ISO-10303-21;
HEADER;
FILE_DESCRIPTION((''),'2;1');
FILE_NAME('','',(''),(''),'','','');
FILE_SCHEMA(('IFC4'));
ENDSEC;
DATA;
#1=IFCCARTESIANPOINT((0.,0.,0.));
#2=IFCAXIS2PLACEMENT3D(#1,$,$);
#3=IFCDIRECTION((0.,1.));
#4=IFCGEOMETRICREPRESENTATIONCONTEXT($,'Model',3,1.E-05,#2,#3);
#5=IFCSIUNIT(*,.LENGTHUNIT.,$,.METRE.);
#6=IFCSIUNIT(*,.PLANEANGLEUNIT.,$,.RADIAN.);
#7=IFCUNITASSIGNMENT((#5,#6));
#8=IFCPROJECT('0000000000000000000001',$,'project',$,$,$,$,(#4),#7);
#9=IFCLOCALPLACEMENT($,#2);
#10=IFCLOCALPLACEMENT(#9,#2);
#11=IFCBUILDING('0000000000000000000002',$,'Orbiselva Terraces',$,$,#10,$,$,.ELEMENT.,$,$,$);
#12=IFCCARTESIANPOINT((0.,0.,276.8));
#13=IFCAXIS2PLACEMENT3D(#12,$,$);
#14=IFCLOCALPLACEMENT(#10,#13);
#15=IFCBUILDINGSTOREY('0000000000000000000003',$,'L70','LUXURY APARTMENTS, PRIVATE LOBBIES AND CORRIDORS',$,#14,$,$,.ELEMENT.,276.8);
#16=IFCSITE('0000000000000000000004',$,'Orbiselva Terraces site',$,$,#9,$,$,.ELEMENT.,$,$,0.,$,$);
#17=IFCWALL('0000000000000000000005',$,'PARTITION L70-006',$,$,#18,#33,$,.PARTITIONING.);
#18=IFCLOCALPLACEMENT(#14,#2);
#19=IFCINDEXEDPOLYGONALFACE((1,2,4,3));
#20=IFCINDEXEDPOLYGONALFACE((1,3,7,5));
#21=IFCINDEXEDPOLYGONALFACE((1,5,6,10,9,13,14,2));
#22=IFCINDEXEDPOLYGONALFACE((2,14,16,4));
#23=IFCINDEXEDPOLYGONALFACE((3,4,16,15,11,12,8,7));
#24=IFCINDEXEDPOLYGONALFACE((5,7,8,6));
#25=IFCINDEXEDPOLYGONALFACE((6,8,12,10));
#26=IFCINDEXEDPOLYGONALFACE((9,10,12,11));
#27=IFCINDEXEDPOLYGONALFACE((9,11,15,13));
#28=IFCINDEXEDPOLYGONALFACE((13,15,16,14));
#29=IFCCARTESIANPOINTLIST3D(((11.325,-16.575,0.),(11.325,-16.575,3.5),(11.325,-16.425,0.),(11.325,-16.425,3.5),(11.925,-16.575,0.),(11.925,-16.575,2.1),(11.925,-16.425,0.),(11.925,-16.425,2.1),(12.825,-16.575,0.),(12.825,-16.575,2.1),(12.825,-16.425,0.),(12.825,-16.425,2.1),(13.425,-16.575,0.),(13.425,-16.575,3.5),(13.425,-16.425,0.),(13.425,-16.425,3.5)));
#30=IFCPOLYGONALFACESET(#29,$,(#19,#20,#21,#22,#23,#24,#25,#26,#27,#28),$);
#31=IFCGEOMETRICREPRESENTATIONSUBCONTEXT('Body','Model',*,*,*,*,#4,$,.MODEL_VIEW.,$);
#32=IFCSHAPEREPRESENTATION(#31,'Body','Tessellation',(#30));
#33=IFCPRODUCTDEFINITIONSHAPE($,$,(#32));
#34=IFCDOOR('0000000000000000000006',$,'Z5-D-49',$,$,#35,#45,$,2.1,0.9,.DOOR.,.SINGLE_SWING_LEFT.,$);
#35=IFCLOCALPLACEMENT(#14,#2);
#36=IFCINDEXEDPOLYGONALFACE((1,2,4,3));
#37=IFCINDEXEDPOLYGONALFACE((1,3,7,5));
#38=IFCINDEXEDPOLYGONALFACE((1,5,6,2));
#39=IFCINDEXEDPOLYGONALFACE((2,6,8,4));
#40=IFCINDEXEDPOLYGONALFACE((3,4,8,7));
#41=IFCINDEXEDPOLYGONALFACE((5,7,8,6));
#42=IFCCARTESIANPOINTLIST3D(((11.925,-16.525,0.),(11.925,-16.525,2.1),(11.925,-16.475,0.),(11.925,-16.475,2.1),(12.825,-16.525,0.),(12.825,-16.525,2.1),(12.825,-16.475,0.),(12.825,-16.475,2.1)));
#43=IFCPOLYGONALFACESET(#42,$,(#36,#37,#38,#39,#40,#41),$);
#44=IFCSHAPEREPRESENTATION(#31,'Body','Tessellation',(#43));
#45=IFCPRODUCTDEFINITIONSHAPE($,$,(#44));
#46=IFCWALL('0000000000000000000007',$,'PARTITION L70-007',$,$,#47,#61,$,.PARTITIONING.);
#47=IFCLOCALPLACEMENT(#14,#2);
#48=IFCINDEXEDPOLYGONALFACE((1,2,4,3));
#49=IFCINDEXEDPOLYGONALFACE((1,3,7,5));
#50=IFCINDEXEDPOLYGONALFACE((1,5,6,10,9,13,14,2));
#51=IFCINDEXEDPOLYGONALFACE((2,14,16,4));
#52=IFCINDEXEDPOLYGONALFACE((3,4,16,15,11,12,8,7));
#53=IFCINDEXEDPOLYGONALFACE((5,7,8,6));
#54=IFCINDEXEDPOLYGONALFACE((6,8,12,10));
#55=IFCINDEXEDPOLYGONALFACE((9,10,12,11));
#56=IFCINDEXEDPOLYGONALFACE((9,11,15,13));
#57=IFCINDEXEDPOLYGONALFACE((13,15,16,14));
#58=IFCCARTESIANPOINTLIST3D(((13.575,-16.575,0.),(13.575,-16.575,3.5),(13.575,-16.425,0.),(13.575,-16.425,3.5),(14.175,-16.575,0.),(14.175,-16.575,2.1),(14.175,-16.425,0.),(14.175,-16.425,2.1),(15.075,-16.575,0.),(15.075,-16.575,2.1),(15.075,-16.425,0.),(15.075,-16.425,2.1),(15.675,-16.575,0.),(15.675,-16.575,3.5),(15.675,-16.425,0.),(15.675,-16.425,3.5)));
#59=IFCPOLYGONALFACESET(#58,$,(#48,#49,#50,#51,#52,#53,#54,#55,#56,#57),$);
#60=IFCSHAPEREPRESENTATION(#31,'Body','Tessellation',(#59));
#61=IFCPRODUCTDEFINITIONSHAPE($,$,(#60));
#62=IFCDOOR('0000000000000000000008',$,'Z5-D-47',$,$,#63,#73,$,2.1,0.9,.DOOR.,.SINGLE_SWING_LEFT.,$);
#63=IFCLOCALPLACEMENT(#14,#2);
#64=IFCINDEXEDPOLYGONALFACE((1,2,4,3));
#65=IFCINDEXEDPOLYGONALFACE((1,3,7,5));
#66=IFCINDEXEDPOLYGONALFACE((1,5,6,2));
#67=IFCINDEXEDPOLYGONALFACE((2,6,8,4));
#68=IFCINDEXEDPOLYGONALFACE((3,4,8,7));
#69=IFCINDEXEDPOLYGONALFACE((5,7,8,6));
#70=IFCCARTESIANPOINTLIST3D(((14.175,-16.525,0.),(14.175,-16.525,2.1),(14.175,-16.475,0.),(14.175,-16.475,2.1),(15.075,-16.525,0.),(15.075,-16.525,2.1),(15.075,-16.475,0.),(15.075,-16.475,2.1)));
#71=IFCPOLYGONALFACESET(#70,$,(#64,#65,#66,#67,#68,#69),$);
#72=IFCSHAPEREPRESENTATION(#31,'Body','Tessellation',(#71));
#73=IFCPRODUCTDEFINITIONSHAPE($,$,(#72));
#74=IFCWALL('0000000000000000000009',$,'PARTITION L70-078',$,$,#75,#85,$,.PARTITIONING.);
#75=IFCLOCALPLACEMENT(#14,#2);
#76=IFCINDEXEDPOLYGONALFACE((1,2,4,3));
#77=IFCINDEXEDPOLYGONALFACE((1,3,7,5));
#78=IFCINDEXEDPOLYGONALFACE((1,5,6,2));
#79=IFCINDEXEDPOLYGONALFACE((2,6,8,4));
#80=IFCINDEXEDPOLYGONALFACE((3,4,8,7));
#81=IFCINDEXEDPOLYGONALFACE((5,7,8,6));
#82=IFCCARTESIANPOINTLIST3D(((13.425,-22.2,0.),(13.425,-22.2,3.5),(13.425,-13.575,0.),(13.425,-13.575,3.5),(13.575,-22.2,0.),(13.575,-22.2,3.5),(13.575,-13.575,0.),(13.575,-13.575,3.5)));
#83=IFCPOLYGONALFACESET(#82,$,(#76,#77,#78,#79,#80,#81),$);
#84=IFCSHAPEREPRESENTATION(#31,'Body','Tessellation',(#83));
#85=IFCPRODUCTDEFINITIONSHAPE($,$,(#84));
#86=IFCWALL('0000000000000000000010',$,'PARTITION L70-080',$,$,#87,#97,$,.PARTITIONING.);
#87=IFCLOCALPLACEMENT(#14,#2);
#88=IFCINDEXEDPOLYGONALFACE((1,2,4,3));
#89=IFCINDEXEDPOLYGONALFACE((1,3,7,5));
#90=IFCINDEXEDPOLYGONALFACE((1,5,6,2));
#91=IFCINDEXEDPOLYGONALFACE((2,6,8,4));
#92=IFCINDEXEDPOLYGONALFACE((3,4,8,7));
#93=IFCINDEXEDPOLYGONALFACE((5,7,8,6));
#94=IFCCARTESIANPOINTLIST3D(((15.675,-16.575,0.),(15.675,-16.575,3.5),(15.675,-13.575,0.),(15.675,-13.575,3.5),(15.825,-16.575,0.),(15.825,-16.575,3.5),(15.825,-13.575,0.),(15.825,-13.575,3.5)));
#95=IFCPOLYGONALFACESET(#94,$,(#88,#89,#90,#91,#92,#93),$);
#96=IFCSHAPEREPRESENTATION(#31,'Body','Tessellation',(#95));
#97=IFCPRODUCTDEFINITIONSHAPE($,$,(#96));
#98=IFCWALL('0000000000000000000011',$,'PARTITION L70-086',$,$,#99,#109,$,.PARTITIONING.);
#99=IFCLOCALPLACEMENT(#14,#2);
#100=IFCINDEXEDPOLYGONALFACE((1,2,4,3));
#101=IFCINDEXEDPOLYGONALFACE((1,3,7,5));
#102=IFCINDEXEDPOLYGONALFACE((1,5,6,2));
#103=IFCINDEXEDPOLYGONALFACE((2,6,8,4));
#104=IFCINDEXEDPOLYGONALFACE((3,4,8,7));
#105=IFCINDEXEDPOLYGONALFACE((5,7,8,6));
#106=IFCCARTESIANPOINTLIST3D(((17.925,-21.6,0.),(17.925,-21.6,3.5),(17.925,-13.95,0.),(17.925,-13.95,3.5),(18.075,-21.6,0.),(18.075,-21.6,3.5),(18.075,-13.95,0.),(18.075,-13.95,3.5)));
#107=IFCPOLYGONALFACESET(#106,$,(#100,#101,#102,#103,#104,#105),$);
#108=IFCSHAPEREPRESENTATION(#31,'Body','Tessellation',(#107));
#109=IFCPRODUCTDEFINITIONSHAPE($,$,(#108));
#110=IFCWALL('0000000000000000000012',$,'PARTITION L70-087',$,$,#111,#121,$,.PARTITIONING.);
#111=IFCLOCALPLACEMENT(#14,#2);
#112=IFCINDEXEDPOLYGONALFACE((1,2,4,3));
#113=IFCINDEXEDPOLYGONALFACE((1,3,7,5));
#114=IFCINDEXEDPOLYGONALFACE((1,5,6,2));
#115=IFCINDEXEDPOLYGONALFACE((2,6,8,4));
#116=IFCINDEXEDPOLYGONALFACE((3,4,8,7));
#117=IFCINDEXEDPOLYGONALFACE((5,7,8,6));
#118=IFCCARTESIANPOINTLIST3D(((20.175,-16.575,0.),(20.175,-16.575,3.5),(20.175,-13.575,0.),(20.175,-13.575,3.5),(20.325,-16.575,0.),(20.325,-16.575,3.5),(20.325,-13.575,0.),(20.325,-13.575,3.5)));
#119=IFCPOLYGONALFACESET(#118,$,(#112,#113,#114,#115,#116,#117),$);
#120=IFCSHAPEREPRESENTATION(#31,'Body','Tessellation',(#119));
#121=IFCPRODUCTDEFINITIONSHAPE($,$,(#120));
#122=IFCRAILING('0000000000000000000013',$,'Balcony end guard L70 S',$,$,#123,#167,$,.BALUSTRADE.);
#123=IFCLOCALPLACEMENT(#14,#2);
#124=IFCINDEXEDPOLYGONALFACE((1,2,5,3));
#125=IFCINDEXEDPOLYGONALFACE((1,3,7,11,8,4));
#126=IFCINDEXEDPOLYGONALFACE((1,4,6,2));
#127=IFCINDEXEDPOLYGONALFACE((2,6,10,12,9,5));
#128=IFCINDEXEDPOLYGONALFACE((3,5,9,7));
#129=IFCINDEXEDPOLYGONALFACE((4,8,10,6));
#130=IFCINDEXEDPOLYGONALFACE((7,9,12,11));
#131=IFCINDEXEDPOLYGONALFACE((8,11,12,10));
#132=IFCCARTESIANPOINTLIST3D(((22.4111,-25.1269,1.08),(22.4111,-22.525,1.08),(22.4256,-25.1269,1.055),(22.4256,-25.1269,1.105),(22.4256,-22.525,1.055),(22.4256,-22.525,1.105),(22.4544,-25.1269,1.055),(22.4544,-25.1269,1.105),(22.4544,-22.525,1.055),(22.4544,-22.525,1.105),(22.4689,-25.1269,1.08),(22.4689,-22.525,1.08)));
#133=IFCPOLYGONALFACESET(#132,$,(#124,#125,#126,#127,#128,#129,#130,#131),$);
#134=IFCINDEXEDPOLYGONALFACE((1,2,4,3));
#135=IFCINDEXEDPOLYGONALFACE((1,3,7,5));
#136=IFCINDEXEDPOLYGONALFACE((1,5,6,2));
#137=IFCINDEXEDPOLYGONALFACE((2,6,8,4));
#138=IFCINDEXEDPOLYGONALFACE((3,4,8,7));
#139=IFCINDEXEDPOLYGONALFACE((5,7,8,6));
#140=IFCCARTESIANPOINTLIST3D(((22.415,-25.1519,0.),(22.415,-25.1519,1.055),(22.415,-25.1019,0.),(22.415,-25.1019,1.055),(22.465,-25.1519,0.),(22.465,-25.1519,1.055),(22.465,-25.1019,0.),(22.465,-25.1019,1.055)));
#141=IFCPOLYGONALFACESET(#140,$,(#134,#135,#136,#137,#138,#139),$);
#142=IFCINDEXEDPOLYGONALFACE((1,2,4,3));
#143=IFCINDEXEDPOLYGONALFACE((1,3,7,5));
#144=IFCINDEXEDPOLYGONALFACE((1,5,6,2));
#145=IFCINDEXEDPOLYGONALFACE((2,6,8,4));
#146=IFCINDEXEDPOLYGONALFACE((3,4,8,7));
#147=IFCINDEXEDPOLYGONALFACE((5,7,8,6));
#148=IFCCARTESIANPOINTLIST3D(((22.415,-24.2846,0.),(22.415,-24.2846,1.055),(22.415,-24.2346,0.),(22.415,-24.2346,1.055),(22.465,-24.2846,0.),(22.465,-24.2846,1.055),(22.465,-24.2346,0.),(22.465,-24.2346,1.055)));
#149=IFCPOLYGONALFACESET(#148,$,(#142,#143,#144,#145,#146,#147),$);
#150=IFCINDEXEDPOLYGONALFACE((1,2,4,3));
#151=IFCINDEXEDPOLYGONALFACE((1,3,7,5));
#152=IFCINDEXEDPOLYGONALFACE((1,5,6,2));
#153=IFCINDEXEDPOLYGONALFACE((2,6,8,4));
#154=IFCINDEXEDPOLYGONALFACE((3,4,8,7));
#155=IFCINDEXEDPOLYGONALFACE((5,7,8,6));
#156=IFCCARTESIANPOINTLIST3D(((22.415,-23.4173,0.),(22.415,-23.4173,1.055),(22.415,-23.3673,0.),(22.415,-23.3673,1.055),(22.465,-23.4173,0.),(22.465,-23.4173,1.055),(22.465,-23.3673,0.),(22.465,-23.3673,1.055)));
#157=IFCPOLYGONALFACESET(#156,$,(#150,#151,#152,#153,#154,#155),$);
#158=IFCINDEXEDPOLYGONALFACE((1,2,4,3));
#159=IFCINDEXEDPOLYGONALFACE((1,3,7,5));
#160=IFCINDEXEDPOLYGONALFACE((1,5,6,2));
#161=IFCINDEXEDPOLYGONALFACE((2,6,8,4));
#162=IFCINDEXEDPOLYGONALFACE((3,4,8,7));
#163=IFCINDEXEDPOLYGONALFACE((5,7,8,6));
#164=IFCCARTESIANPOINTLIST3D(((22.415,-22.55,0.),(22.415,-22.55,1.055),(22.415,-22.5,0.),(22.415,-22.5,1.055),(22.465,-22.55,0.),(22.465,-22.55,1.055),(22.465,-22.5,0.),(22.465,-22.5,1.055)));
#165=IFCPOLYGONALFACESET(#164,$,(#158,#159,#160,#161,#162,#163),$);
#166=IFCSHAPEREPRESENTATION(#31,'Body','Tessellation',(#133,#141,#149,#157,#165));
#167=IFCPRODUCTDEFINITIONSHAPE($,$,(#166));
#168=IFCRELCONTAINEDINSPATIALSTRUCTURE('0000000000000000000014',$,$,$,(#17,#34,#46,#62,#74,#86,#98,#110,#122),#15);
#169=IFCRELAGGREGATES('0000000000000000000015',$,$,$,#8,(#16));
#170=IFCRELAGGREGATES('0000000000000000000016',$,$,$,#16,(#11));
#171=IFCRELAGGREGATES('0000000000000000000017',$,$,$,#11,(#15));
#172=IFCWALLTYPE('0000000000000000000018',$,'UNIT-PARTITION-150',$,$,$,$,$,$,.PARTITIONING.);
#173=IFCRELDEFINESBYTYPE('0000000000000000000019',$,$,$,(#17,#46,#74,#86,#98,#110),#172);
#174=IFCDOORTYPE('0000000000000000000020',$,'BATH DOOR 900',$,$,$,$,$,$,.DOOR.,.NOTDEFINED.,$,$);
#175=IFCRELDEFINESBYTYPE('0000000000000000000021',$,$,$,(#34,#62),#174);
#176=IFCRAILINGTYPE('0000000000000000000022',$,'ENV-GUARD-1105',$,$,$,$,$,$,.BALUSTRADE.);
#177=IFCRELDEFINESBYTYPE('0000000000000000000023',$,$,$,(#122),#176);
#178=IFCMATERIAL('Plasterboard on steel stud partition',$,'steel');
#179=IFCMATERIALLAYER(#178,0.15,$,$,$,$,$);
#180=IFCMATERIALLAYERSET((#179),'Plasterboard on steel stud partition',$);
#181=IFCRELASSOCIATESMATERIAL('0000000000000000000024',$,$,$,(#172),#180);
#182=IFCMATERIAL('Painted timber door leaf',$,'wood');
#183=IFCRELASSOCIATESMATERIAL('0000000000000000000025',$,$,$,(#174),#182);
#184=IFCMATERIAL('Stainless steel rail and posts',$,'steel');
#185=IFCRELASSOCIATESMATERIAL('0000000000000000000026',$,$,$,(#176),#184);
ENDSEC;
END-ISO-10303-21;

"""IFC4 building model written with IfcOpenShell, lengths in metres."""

from ifc_helpers import new_model, si_unit, direction, frame, frame_2d, origin, origin_2d, place, context, subcontext, project, spatial, polyline, rectangle, outline, extrude, material, layer, layer_set, type_object, element, fill, save


model = new_model("IFC4")

# Units and contexts
model_context = context("Model", 3, precision=1e-05, world=origin(), true_north=direction((0.0, 1.0)))
body_context = subcontext(model_context, "Body", "Model", "MODEL_VIEW")
ifc_project = project(units=[si_unit("LENGTHUNIT", "METRE"), si_unit("PLANEANGLEUNIT", "RADIAN")], contexts=[model_context])

# Site, building, storey
site_placement = place(None, origin())
site = spatial("IfcSite", under=ifc_project, at=site_placement, Name="Orbiselva Terraces site", CompositionType="ELEMENT", RefElevation=0.0)
building_placement = place(site_placement, origin())
building = spatial("IfcBuilding", under=site, at=building_placement, Name="Orbiselva Terraces", CompositionType="ELEMENT")
storey_placement = place(building_placement, frame((0.0, 0.0, 276.8)))
storey = spatial("IfcBuildingStorey", under=building, at=storey_placement, Name="L70", Description="LUXURY APARTMENTS, PRIVATE LOBBIES AND CORRIDORS", CompositionType="ELEMENT", Elevation=276.8)

# Walls, openings, doors
ifc_material_1 = material(Name="Plasterboard on steel stud partition", Category="steel")
ifc_layer_1 = layer(ifc_material_1, 0.15)
ifc_layer_set_1 = layer_set([ifc_layer_1], Name="Plasterboard on steel stud partition")
wall_type_1 = type_object("IfcWallType", Name="UNIT-PARTITION-150", PredefinedType="PARTITIONING", material=ifc_layer_set_1)
wall_1_placement = place(storey_placement, frame((11.325, -16.5, 0.0), z_axis=(0.0, 0.0, 1.0), x_axis=(1.0, 0.0, 0.0)))
wall_1 = element("IfcWall", 1, at=wall_1_placement, inside=storey, type_object=wall_type_1, Name="PARTITION L70-006", PredefinedType="PARTITIONING", context=body_context, shape_type="SweptSolid", body=[
    extrude(rectangle(XDim=2.1, YDim=0.15, at=frame_2d((1.05, 0.0))), origin(), (0.0, 0.0, 1.0), 3.5),
])
opening_1_placement = place(wall_1_placement, frame((0.6, 0.0, 0.0)))
opening_1 = element("IfcOpeningElement", 2, at=opening_1_placement, cuts=wall_1, PredefinedType="OPENING", context=body_context, shape_type="SweptSolid", body=[
    extrude(rectangle(XDim=0.9, YDim=2.1, at=frame_2d((0.45, 1.05))), frame((0.0, 0.085, 0.0), z_axis=(0.0, -1.0, 0.0), x_axis=(1.0, 0.0, 0.0)), (0.0, 0.0, 1.0), 0.17),
])
ifc_material_2 = material(Name="Painted timber door leaf", Category="wood")
door_type_1 = type_object("IfcDoorType", Name="BATH DOOR 900", OperationType="NOTDEFINED", PredefinedType="DOOR", material=ifc_material_2)
door_1_placement = place(opening_1_placement, origin())
door_1 = element("IfcDoor", 3, at=door_1_placement, inside=storey, type_object=door_type_1, Name="Z5-D-49", OperationType="SINGLE_SWING_LEFT", OverallHeight=2.1, OverallWidth=0.9, PredefinedType="DOOR", context=body_context, shape_type="SweptSolid", body=[
    extrude(rectangle(XDim=0.9, YDim=2.1, at=frame_2d((0.45, 1.05))), frame((0.0, 0.025, 0.0), z_axis=(0.0, -1.0, 0.0), x_axis=(1.0, 0.0, 0.0)), (0.0, 0.0, 1.0), 0.05),
])
fill(opening_1, door_1)
wall_2_placement = place(storey_placement, frame((13.575, -16.5, 0.0), z_axis=(0.0, 0.0, 1.0), x_axis=(1.0, 0.0, 0.0)))
wall_2 = element("IfcWall", 4, at=wall_2_placement, inside=storey, type_object=wall_type_1, Name="PARTITION L70-007", PredefinedType="PARTITIONING", context=body_context, shape_type="SweptSolid", body=[
    extrude(rectangle(XDim=2.1, YDim=0.15, at=frame_2d((1.05, 0.0))), origin(), (0.0, 0.0, 1.0), 3.5),
])
opening_2_placement = place(wall_2_placement, frame((0.6, 0.0, 0.0)))
opening_2 = element("IfcOpeningElement", 5, at=opening_2_placement, cuts=wall_2, PredefinedType="OPENING", context=body_context, shape_type="SweptSolid", body=[
    extrude(rectangle(XDim=0.9, YDim=2.1, at=frame_2d((0.45, 1.05))), frame((0.0, 0.085, 0.0), z_axis=(0.0, -1.0, 0.0), x_axis=(1.0, 0.0, 0.0)), (0.0, 0.0, 1.0), 0.17),
])
door_2_placement = place(opening_2_placement, origin())
door_2 = element("IfcDoor", 6, at=door_2_placement, inside=storey, type_object=door_type_1, Name="Z5-D-47", OperationType="SINGLE_SWING_LEFT", OverallHeight=2.1, OverallWidth=0.9, PredefinedType="DOOR", context=body_context, shape_type="SweptSolid", body=[
    extrude(rectangle(XDim=0.9, YDim=2.1, at=frame_2d((0.45, 1.05))), frame((0.0, 0.025, 0.0), z_axis=(0.0, -1.0, 0.0), x_axis=(1.0, 0.0, 0.0)), (0.0, 0.0, 1.0), 0.05),
])
fill(opening_2, door_2)

# Walls
wall_3_placement = place(storey_placement, frame((13.5, -22.2, 0.0), z_axis=(0.0, 0.0, 1.0), x_axis=(0.0, 1.0, 0.0)))
element("IfcWall", 7, at=wall_3_placement, inside=storey, type_object=wall_type_1, Name="PARTITION L70-078", PredefinedType="PARTITIONING", context=body_context, shape_type="SweptSolid", body=[
    extrude(rectangle(XDim=8.625, YDim=0.15, at=frame_2d((4.3125, 0.0))), origin(), (0.0, 0.0, 1.0), 3.5),
])
wall_4_placement = place(storey_placement, frame((15.75, -16.575, 0.0), z_axis=(0.0, 0.0, 1.0), x_axis=(0.0, 1.0, 0.0)))
element("IfcWall", 8, at=wall_4_placement, inside=storey, type_object=wall_type_1, Name="PARTITION L70-080", PredefinedType="PARTITIONING", context=body_context, shape_type="SweptSolid", body=[
    extrude(rectangle(XDim=3.0, YDim=0.15, at=frame_2d((1.5, 0.0))), origin(), (0.0, 0.0, 1.0), 3.5),
])
wall_5_placement = place(storey_placement, frame((18.0, -21.6, 0.0), z_axis=(0.0, 0.0, 1.0), x_axis=(0.0, 1.0, 0.0)))
element("IfcWall", 9, at=wall_5_placement, inside=storey, type_object=wall_type_1, Name="PARTITION L70-086", PredefinedType="PARTITIONING", context=body_context, shape_type="SweptSolid", body=[
    extrude(rectangle(XDim=7.65, YDim=0.15, at=frame_2d((3.825, 0.0))), origin(), (0.0, 0.0, 1.0), 3.5),
])
wall_6_placement = place(storey_placement, frame((20.25, -16.575, 0.0), z_axis=(0.0, 0.0, 1.0), x_axis=(0.0, 1.0, 0.0)))
element("IfcWall", 10, at=wall_6_placement, inside=storey, type_object=wall_type_1, Name="PARTITION L70-087", PredefinedType="PARTITIONING", context=body_context, shape_type="SweptSolid", body=[
    extrude(rectangle(XDim=3.0, YDim=0.15, at=frame_2d((1.5, 0.0))), origin(), (0.0, 0.0, 1.0), 3.5),
])

# Railing
ifc_material_3 = material(Name="Stainless steel rail and posts", Category="steel")
railing_type_1 = type_object("IfcRailingType", Name="ENV-GUARD-1105", PredefinedType="BALUSTRADE", material=ifc_material_3)
railing_1_placement = place(storey_placement, frame((22.44, -25.1269, 0.0)))
element("IfcRailing", 11, at=railing_1_placement, inside=storey, type_object=railing_type_1, Name="Balcony end guard L70 S", PredefinedType="BALUSTRADE", context=body_context, shape_type="SweptSolid", body=[
    extrude(outline(polyline([(0.0289, 0.0), (0.0144, 0.025), (-0.0144, 0.025), (-0.0289, 0.0), (-0.0144, -0.025), (0.0144, -0.025), (0.0289, 0.0)])), frame((0.0, 0.0, 1.08), z_axis=(0.0, 1.0, 0.0), x_axis=(-1.0, 0.0, 0.0)), (0.0, 0.0, 1.0), 2.6019),
    extrude(rectangle(XDim=0.05, YDim=0.05, at=origin_2d()), origin(), (0.0, 0.0, 1.0), 1.055),
    extrude(rectangle(XDim=0.05, YDim=0.05, at=origin_2d()), frame((0.0, 0.8673, 0.0)), (0.0, 0.0, 1.0), 1.055),
    extrude(rectangle(XDim=0.05, YDim=0.05, at=origin_2d()), frame((0.0, 1.7346, 0.0)), (0.0, 0.0, 1.0), 1.055),
    extrude(rectangle(XDim=0.05, YDim=0.05, at=origin_2d()), frame((0.0, 2.6019, 0.0)), (0.0, 0.0, 1.0), 1.055),
])

save(model, "model.ifc")
